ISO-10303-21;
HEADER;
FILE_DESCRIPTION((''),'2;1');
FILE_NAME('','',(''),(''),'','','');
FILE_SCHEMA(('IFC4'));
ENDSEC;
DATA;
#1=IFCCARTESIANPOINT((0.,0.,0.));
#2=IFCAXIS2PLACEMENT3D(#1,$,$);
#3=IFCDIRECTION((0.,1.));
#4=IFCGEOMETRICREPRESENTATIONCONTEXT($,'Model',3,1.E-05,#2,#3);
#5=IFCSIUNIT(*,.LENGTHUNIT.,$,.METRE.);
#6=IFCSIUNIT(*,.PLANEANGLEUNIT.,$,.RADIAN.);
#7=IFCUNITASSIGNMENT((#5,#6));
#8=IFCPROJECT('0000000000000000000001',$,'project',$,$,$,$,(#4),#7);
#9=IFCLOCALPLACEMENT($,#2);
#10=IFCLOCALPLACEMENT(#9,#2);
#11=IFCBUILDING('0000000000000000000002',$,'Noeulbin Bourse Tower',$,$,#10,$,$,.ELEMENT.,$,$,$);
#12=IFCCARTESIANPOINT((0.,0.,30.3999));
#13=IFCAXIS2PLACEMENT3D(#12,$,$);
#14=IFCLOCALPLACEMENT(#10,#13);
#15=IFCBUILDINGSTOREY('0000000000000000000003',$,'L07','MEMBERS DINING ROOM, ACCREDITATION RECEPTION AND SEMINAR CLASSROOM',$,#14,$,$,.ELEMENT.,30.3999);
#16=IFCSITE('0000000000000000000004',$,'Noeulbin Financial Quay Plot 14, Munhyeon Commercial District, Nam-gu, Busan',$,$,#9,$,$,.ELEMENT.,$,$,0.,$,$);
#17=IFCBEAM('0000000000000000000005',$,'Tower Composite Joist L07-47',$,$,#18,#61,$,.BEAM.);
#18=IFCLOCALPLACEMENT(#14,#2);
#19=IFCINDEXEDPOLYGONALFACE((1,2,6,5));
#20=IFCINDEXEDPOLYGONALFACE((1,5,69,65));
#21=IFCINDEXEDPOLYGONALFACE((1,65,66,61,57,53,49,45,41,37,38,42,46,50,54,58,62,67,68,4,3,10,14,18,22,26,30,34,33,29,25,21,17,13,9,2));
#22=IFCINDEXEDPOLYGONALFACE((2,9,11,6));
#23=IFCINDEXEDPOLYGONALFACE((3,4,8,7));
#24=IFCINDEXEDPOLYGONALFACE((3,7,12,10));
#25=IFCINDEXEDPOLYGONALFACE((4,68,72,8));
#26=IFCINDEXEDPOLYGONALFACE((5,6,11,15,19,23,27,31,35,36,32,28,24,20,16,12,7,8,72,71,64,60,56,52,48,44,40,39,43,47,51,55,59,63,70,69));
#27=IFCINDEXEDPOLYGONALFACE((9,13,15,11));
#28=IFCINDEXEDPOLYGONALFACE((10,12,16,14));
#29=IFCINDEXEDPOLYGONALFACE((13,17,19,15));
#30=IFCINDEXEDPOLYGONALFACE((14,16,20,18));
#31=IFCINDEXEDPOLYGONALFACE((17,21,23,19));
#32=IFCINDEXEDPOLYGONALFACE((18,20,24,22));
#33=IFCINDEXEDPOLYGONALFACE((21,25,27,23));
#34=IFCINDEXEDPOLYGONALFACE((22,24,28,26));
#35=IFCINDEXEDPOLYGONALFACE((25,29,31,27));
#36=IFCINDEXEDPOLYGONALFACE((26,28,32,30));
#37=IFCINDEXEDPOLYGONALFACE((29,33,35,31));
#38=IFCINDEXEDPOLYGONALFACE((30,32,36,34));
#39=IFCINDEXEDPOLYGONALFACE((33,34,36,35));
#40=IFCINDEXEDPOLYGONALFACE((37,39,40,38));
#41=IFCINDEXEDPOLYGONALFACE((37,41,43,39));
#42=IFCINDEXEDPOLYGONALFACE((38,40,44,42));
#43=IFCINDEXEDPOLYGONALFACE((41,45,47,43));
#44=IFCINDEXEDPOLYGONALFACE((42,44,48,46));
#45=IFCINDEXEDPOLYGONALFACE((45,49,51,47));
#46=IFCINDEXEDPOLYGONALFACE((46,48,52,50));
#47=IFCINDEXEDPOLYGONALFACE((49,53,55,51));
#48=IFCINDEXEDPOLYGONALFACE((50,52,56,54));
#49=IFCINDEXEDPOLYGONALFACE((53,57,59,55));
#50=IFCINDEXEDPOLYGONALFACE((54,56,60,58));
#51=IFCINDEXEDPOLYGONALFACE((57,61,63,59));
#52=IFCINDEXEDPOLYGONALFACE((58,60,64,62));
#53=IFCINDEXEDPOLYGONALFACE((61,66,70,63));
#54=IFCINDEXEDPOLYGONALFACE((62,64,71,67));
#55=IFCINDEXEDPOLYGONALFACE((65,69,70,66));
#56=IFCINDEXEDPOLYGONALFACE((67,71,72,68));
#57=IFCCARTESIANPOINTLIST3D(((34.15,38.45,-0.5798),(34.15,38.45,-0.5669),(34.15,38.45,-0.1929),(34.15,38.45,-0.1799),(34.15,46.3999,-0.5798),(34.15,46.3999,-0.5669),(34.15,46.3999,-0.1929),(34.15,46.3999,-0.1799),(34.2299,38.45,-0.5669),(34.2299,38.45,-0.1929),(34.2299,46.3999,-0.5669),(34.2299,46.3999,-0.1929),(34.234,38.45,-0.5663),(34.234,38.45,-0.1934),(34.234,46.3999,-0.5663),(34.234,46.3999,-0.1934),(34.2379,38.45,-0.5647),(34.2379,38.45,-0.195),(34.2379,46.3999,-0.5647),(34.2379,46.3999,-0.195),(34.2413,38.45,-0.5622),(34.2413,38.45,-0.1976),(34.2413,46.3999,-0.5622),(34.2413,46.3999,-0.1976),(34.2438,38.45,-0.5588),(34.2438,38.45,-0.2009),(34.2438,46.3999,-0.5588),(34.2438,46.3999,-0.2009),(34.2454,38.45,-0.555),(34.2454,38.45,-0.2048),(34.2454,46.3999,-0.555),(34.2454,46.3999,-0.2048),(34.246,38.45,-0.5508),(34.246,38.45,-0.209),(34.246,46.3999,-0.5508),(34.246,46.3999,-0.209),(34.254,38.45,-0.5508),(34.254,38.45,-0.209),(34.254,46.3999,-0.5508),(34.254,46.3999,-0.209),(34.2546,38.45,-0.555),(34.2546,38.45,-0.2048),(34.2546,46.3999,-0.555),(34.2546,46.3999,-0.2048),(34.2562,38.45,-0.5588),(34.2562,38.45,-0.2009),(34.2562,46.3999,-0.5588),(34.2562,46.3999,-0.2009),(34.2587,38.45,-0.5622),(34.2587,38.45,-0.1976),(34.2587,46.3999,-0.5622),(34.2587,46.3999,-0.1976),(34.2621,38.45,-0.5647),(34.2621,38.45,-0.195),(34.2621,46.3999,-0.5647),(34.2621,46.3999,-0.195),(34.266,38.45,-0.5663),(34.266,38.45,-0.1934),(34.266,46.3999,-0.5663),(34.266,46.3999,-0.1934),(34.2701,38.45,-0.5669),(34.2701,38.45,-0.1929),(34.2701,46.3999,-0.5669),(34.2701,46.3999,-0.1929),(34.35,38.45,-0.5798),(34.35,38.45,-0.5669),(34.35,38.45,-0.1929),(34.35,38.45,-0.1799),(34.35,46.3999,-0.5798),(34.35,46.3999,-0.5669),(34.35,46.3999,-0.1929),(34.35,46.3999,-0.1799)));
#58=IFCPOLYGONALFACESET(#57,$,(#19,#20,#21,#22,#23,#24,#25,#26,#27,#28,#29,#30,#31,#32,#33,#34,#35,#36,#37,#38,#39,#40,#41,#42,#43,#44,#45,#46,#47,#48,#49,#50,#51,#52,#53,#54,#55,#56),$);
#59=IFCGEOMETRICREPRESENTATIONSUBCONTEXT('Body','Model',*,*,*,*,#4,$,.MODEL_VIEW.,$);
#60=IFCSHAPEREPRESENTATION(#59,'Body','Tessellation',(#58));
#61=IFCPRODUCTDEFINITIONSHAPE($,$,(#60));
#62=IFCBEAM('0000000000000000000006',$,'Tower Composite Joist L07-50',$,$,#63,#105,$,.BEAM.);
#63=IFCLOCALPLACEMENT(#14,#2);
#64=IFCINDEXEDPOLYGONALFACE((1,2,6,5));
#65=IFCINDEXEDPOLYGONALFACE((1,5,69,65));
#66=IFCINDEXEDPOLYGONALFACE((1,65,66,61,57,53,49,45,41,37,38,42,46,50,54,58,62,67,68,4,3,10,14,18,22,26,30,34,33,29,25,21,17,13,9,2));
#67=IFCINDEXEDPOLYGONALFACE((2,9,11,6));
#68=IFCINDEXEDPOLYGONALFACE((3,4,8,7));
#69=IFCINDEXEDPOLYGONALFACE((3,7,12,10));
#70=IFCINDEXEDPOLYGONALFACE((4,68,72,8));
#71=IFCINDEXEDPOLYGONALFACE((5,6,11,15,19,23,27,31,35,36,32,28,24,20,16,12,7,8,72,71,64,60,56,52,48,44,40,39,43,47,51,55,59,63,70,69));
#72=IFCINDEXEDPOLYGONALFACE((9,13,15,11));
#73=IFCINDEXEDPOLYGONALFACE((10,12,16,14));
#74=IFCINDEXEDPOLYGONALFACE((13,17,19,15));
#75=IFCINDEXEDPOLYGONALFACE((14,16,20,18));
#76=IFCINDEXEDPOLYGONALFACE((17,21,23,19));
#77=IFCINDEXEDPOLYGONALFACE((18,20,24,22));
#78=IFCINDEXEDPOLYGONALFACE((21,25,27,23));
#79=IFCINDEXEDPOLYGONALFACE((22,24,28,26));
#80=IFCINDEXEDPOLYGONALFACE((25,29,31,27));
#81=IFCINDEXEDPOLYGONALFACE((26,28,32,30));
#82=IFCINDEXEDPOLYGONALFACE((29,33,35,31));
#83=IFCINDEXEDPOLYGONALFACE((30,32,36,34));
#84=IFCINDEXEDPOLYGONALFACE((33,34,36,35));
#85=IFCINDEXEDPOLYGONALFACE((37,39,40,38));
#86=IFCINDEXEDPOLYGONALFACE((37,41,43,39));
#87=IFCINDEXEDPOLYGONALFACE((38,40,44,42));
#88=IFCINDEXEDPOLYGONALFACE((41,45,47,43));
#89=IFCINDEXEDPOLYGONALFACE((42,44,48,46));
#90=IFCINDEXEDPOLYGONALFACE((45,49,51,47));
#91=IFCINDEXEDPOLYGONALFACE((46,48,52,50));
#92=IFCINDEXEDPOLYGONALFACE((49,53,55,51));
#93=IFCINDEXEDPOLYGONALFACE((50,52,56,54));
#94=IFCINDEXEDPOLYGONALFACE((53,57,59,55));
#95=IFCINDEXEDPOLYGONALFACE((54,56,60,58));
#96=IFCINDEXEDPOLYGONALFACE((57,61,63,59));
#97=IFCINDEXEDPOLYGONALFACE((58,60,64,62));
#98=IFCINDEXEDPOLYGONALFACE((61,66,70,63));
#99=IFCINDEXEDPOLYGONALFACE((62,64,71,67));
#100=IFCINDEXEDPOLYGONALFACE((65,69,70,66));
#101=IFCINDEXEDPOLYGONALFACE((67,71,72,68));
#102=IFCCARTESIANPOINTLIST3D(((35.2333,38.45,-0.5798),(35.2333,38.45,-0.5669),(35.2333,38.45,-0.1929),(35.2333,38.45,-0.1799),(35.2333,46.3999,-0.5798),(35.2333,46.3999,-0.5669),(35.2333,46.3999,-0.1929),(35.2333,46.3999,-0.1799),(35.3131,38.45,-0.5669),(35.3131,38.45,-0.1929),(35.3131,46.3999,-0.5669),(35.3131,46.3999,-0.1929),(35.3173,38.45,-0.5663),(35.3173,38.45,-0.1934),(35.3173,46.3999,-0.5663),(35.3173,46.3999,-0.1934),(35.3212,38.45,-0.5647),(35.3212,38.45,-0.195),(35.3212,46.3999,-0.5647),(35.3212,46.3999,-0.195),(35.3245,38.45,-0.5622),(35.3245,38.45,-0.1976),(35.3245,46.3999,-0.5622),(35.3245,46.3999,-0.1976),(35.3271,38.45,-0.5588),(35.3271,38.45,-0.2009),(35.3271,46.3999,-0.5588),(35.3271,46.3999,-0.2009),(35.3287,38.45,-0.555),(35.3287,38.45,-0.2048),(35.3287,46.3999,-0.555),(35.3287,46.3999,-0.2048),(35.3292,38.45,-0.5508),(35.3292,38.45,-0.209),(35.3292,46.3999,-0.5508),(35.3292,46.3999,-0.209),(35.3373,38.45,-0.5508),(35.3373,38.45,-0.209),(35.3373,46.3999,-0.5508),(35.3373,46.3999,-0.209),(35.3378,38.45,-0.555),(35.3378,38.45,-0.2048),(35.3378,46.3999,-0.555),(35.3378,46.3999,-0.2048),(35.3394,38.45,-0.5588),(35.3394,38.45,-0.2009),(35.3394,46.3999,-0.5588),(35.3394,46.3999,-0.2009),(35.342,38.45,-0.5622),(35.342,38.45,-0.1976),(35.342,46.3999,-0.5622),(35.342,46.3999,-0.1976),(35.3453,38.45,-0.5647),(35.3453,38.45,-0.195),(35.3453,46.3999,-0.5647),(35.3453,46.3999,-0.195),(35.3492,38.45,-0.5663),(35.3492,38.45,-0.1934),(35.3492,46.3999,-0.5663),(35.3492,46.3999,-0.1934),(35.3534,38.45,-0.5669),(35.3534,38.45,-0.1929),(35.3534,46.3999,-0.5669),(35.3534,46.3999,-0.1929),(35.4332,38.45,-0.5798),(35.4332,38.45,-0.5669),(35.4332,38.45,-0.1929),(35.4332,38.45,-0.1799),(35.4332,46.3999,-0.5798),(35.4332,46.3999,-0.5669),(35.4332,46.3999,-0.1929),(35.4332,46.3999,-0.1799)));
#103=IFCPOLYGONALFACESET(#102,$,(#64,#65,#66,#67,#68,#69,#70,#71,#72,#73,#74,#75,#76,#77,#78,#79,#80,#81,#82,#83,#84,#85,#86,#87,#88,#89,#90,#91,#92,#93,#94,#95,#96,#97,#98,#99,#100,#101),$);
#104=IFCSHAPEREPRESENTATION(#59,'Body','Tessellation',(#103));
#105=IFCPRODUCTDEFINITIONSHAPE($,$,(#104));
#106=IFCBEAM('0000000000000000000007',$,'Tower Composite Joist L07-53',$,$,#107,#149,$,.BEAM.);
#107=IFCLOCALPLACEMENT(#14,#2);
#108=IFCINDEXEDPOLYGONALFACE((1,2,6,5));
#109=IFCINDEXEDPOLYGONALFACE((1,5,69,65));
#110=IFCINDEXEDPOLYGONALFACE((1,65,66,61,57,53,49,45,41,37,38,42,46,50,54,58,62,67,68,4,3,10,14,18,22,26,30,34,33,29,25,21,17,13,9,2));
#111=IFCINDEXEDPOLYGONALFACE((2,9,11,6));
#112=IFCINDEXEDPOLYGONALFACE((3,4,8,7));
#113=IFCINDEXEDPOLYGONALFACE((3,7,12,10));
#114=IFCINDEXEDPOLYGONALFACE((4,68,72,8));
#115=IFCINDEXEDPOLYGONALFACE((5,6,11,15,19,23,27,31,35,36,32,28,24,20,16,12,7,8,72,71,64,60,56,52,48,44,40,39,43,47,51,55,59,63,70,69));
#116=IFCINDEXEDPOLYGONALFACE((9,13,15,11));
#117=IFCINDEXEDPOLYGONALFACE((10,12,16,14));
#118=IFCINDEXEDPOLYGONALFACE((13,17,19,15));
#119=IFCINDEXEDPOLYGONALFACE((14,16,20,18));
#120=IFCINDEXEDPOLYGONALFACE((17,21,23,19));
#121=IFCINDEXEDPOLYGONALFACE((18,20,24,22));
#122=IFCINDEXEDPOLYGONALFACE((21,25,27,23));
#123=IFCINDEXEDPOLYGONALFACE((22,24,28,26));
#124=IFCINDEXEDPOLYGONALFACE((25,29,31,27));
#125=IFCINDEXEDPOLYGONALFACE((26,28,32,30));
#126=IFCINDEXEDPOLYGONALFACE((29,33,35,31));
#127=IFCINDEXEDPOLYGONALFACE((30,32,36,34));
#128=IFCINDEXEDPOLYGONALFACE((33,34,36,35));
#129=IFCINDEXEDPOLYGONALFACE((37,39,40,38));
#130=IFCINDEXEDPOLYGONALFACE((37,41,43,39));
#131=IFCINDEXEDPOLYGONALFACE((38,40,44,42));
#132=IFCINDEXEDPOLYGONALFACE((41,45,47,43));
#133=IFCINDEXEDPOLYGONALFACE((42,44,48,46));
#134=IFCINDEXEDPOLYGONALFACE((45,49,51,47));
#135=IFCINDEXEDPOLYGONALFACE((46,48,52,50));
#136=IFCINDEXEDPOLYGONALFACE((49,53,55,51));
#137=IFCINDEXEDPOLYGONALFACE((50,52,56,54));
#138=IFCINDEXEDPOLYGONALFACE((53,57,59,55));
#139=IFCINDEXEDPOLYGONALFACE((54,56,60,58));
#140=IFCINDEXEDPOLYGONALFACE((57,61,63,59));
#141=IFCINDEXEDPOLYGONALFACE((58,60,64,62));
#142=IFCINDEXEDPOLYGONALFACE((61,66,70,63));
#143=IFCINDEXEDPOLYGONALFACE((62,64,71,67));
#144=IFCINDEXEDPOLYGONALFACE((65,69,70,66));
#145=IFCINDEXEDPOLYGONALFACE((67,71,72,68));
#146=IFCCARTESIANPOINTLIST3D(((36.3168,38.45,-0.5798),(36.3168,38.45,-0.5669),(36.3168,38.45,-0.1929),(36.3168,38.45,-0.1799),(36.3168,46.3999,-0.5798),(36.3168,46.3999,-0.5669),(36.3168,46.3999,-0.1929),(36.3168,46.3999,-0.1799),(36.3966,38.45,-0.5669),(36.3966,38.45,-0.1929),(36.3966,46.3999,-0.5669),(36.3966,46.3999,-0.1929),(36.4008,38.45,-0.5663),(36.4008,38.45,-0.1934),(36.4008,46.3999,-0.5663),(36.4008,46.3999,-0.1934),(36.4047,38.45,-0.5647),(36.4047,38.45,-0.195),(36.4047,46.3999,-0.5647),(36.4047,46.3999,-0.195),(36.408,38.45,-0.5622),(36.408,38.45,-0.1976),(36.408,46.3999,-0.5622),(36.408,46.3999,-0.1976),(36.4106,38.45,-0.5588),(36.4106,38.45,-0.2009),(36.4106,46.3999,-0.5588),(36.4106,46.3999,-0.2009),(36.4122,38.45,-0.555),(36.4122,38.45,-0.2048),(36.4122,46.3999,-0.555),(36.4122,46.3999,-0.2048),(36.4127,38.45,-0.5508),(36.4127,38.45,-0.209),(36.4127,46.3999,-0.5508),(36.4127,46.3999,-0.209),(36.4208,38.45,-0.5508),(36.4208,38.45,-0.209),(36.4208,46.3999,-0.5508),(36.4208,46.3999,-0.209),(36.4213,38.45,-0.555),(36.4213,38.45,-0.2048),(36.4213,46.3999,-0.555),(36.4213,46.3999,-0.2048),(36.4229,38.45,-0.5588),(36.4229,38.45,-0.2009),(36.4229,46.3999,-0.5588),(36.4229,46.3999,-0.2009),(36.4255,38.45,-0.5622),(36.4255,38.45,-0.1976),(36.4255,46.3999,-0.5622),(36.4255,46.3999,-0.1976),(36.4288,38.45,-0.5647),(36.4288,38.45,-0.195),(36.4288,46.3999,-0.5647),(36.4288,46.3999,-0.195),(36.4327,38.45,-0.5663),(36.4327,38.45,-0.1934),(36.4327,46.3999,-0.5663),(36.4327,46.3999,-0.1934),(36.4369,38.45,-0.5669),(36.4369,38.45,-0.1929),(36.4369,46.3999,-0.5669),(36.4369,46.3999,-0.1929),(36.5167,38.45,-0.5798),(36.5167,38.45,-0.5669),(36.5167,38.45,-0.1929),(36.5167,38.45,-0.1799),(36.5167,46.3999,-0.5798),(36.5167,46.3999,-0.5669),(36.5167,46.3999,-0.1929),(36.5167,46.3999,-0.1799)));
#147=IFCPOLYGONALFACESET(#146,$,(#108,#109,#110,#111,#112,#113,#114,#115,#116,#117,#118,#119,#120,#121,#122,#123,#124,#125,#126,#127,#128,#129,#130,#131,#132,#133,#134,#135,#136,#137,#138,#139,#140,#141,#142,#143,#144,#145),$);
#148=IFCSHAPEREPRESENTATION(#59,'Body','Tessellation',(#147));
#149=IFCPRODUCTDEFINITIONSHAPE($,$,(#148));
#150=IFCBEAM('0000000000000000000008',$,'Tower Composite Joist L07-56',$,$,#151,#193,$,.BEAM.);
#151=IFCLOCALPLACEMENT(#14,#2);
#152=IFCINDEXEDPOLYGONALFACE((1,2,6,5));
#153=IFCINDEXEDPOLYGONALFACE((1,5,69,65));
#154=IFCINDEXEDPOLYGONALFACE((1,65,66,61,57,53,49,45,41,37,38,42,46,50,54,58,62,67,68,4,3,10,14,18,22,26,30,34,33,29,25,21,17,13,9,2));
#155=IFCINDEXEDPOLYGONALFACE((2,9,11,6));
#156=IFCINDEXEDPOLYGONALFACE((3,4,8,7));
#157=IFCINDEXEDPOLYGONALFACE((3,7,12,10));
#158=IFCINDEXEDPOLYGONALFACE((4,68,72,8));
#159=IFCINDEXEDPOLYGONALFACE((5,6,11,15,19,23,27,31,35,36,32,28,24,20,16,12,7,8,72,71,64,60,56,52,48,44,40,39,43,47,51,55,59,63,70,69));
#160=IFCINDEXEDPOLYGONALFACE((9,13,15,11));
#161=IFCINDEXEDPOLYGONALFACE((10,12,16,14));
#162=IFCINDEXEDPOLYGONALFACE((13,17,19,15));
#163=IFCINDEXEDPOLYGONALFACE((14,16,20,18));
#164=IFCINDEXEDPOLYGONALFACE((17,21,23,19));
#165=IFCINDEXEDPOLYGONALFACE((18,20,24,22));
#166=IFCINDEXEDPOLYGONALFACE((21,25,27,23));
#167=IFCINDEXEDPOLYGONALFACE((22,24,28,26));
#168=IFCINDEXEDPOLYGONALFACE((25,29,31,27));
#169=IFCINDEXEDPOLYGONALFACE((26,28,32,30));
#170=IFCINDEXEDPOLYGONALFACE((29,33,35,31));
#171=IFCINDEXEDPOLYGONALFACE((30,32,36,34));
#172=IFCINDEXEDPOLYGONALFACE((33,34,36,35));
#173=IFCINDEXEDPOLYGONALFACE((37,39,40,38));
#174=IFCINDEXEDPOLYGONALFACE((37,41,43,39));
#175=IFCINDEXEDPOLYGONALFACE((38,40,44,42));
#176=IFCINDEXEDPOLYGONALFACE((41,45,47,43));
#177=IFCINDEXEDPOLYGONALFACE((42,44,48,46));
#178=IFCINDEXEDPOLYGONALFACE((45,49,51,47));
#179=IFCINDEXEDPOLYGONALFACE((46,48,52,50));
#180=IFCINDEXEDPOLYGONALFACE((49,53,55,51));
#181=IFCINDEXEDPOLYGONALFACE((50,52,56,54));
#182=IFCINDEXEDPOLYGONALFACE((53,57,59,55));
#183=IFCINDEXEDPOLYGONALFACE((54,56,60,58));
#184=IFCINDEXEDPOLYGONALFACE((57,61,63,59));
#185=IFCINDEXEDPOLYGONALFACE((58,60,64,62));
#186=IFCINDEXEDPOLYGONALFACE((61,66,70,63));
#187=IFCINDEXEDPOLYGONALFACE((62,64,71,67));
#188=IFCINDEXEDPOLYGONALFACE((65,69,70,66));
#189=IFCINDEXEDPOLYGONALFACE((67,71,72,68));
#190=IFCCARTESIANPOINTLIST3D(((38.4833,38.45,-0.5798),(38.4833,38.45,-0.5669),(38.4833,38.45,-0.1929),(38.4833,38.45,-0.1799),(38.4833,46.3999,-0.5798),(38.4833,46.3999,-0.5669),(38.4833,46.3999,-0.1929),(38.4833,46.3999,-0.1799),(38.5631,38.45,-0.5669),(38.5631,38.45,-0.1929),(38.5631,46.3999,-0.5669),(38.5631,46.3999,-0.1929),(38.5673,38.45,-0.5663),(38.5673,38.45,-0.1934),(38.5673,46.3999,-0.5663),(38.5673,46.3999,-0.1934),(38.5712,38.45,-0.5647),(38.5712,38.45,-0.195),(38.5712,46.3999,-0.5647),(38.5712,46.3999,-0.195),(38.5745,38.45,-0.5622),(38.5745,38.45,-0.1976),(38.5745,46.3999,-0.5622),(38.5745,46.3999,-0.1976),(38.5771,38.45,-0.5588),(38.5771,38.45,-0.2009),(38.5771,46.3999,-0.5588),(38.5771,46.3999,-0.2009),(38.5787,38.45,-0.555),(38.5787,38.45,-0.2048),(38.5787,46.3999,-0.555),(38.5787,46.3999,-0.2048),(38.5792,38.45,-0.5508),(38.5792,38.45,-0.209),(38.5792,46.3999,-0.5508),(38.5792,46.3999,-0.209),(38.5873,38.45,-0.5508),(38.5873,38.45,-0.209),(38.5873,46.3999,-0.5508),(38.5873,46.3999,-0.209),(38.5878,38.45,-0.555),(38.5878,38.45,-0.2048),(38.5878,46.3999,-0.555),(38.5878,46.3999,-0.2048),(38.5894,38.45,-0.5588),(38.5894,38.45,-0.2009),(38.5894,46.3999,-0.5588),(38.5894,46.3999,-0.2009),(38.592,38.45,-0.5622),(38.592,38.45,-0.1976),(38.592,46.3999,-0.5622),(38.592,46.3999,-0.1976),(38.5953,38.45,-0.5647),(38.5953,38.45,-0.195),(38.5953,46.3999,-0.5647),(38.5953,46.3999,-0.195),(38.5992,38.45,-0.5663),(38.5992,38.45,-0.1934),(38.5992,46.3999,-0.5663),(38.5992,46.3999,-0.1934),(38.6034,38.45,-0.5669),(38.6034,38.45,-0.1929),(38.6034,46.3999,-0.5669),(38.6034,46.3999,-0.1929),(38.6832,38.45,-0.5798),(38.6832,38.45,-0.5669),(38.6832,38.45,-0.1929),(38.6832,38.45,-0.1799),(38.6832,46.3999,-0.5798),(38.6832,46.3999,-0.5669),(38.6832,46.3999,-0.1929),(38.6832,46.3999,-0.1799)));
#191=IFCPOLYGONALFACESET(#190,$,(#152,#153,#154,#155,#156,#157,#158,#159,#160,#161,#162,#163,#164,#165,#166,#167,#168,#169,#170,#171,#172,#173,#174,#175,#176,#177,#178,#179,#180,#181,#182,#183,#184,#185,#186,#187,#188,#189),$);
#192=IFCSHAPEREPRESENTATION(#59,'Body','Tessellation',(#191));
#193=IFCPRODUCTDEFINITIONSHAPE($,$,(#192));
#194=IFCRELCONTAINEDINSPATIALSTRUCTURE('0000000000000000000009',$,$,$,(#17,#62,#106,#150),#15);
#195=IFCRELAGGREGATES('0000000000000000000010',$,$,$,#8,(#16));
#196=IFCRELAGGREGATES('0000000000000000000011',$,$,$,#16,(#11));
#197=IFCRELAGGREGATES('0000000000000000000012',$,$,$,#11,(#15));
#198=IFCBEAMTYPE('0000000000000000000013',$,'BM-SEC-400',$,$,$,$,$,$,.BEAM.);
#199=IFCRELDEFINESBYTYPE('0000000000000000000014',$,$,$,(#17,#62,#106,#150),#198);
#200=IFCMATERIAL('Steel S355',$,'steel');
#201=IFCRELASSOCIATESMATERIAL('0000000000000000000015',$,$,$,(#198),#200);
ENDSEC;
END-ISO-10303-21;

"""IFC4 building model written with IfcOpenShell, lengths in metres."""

from ifc_helpers import new_model, si_unit, direction, frame, origin, origin_2d, place, context, subcontext, project, spatial, i_section, extrude, material, material_profile, profile_set, type_object, element, save


model = new_model("IFC4")

# Units and contexts
model_context = context("Model", 3, precision=1e-05, world=origin(), true_north=direction((0.0, 1.0)))
body_context = subcontext(model_context, "Body", "Model", "MODEL_VIEW")
ifc_project = project(units=[si_unit("LENGTHUNIT", "METRE"), si_unit("PLANEANGLEUNIT", "RADIAN")], contexts=[model_context])

# Site, building, storey
site_placement = place(None, origin())
site = spatial("IfcSite", under=ifc_project, at=site_placement, Name="Noeulbin Financial Quay Plot 14, Munhyeon Commercial District, Nam-gu, Busan", CompositionType="ELEMENT", RefElevation=0.0)
building_placement = place(site_placement, origin())
building = spatial("IfcBuilding", under=site, at=building_placement, Name="Noeulbin Bourse Tower", CompositionType="ELEMENT")
storey_placement = place(building_placement, frame((0.0, 0.0, 30.3999)))
storey = spatial("IfcBuildingStorey", under=building, at=storey_placement, Name="L07", Description="MEMBERS DINING ROOM, ACCREDITATION RECEPTION AND SEMINAR CLASSROOM", CompositionType="ELEMENT", Elevation=30.3999)

# Beams
ifc_material_1 = material(Name="Steel S355", Category="steel")
ifc_material_profile_1 = material_profile(ifc_material_1, i_section(OverallWidth=0.2, OverallDepth=0.3999, WebThickness=0.0081, FlangeThickness=0.0129, FilletRadius=0.0161, at=origin_2d()), Name="H-400x200x8x13", Category="LoadBearing")
ifc_profile_set_1 = profile_set([ifc_material_profile_1], Name="Steel S355")
beam_type_1 = type_object("IfcBeamType", Name="BM-SEC-400", PredefinedType="BEAM", material=ifc_profile_set_1)
for number, where, z_axis, x_axis, name in (
    (1, (34.25, 38.45, -0.3799), (0.0, 1.0, 0.0), (-1.0, 0.0, 0.0), "Tower Composite Joist L07-47"),
    (2, (35.3333, 38.45, -0.3799), (0.0, 1.0, 0.0), (-1.0, 0.0, 0.0), "Tower Composite Joist L07-50"),
    (3, (36.4167, 38.45, -0.3799), (0.0, 1.0, 0.0), (-1.0, 0.0, 0.0), "Tower Composite Joist L07-53"),
    (4, (38.5833, 38.45, -0.3799), (0.0, 1.0, 0.0), (-1.0, 0.0, 0.0), "Tower Composite Joist L07-56"),
):
    element("IfcBeam", number, at=place(storey_placement, frame(where, z_axis=z_axis, x_axis=x_axis)), inside=storey, type_object=beam_type_1, Name=name, PredefinedType="BEAM", context=body_context, shape_type="SweptSolid", body=[
        extrude(i_section(OverallWidth=0.2, OverallDepth=0.3999, WebThickness=0.0081, FlangeThickness=0.0129, FilletRadius=0.0161, at=origin_2d()), origin(), (0.0, 0.0, 1.0), 7.95),
    ])

save(model, "model.ifc")
